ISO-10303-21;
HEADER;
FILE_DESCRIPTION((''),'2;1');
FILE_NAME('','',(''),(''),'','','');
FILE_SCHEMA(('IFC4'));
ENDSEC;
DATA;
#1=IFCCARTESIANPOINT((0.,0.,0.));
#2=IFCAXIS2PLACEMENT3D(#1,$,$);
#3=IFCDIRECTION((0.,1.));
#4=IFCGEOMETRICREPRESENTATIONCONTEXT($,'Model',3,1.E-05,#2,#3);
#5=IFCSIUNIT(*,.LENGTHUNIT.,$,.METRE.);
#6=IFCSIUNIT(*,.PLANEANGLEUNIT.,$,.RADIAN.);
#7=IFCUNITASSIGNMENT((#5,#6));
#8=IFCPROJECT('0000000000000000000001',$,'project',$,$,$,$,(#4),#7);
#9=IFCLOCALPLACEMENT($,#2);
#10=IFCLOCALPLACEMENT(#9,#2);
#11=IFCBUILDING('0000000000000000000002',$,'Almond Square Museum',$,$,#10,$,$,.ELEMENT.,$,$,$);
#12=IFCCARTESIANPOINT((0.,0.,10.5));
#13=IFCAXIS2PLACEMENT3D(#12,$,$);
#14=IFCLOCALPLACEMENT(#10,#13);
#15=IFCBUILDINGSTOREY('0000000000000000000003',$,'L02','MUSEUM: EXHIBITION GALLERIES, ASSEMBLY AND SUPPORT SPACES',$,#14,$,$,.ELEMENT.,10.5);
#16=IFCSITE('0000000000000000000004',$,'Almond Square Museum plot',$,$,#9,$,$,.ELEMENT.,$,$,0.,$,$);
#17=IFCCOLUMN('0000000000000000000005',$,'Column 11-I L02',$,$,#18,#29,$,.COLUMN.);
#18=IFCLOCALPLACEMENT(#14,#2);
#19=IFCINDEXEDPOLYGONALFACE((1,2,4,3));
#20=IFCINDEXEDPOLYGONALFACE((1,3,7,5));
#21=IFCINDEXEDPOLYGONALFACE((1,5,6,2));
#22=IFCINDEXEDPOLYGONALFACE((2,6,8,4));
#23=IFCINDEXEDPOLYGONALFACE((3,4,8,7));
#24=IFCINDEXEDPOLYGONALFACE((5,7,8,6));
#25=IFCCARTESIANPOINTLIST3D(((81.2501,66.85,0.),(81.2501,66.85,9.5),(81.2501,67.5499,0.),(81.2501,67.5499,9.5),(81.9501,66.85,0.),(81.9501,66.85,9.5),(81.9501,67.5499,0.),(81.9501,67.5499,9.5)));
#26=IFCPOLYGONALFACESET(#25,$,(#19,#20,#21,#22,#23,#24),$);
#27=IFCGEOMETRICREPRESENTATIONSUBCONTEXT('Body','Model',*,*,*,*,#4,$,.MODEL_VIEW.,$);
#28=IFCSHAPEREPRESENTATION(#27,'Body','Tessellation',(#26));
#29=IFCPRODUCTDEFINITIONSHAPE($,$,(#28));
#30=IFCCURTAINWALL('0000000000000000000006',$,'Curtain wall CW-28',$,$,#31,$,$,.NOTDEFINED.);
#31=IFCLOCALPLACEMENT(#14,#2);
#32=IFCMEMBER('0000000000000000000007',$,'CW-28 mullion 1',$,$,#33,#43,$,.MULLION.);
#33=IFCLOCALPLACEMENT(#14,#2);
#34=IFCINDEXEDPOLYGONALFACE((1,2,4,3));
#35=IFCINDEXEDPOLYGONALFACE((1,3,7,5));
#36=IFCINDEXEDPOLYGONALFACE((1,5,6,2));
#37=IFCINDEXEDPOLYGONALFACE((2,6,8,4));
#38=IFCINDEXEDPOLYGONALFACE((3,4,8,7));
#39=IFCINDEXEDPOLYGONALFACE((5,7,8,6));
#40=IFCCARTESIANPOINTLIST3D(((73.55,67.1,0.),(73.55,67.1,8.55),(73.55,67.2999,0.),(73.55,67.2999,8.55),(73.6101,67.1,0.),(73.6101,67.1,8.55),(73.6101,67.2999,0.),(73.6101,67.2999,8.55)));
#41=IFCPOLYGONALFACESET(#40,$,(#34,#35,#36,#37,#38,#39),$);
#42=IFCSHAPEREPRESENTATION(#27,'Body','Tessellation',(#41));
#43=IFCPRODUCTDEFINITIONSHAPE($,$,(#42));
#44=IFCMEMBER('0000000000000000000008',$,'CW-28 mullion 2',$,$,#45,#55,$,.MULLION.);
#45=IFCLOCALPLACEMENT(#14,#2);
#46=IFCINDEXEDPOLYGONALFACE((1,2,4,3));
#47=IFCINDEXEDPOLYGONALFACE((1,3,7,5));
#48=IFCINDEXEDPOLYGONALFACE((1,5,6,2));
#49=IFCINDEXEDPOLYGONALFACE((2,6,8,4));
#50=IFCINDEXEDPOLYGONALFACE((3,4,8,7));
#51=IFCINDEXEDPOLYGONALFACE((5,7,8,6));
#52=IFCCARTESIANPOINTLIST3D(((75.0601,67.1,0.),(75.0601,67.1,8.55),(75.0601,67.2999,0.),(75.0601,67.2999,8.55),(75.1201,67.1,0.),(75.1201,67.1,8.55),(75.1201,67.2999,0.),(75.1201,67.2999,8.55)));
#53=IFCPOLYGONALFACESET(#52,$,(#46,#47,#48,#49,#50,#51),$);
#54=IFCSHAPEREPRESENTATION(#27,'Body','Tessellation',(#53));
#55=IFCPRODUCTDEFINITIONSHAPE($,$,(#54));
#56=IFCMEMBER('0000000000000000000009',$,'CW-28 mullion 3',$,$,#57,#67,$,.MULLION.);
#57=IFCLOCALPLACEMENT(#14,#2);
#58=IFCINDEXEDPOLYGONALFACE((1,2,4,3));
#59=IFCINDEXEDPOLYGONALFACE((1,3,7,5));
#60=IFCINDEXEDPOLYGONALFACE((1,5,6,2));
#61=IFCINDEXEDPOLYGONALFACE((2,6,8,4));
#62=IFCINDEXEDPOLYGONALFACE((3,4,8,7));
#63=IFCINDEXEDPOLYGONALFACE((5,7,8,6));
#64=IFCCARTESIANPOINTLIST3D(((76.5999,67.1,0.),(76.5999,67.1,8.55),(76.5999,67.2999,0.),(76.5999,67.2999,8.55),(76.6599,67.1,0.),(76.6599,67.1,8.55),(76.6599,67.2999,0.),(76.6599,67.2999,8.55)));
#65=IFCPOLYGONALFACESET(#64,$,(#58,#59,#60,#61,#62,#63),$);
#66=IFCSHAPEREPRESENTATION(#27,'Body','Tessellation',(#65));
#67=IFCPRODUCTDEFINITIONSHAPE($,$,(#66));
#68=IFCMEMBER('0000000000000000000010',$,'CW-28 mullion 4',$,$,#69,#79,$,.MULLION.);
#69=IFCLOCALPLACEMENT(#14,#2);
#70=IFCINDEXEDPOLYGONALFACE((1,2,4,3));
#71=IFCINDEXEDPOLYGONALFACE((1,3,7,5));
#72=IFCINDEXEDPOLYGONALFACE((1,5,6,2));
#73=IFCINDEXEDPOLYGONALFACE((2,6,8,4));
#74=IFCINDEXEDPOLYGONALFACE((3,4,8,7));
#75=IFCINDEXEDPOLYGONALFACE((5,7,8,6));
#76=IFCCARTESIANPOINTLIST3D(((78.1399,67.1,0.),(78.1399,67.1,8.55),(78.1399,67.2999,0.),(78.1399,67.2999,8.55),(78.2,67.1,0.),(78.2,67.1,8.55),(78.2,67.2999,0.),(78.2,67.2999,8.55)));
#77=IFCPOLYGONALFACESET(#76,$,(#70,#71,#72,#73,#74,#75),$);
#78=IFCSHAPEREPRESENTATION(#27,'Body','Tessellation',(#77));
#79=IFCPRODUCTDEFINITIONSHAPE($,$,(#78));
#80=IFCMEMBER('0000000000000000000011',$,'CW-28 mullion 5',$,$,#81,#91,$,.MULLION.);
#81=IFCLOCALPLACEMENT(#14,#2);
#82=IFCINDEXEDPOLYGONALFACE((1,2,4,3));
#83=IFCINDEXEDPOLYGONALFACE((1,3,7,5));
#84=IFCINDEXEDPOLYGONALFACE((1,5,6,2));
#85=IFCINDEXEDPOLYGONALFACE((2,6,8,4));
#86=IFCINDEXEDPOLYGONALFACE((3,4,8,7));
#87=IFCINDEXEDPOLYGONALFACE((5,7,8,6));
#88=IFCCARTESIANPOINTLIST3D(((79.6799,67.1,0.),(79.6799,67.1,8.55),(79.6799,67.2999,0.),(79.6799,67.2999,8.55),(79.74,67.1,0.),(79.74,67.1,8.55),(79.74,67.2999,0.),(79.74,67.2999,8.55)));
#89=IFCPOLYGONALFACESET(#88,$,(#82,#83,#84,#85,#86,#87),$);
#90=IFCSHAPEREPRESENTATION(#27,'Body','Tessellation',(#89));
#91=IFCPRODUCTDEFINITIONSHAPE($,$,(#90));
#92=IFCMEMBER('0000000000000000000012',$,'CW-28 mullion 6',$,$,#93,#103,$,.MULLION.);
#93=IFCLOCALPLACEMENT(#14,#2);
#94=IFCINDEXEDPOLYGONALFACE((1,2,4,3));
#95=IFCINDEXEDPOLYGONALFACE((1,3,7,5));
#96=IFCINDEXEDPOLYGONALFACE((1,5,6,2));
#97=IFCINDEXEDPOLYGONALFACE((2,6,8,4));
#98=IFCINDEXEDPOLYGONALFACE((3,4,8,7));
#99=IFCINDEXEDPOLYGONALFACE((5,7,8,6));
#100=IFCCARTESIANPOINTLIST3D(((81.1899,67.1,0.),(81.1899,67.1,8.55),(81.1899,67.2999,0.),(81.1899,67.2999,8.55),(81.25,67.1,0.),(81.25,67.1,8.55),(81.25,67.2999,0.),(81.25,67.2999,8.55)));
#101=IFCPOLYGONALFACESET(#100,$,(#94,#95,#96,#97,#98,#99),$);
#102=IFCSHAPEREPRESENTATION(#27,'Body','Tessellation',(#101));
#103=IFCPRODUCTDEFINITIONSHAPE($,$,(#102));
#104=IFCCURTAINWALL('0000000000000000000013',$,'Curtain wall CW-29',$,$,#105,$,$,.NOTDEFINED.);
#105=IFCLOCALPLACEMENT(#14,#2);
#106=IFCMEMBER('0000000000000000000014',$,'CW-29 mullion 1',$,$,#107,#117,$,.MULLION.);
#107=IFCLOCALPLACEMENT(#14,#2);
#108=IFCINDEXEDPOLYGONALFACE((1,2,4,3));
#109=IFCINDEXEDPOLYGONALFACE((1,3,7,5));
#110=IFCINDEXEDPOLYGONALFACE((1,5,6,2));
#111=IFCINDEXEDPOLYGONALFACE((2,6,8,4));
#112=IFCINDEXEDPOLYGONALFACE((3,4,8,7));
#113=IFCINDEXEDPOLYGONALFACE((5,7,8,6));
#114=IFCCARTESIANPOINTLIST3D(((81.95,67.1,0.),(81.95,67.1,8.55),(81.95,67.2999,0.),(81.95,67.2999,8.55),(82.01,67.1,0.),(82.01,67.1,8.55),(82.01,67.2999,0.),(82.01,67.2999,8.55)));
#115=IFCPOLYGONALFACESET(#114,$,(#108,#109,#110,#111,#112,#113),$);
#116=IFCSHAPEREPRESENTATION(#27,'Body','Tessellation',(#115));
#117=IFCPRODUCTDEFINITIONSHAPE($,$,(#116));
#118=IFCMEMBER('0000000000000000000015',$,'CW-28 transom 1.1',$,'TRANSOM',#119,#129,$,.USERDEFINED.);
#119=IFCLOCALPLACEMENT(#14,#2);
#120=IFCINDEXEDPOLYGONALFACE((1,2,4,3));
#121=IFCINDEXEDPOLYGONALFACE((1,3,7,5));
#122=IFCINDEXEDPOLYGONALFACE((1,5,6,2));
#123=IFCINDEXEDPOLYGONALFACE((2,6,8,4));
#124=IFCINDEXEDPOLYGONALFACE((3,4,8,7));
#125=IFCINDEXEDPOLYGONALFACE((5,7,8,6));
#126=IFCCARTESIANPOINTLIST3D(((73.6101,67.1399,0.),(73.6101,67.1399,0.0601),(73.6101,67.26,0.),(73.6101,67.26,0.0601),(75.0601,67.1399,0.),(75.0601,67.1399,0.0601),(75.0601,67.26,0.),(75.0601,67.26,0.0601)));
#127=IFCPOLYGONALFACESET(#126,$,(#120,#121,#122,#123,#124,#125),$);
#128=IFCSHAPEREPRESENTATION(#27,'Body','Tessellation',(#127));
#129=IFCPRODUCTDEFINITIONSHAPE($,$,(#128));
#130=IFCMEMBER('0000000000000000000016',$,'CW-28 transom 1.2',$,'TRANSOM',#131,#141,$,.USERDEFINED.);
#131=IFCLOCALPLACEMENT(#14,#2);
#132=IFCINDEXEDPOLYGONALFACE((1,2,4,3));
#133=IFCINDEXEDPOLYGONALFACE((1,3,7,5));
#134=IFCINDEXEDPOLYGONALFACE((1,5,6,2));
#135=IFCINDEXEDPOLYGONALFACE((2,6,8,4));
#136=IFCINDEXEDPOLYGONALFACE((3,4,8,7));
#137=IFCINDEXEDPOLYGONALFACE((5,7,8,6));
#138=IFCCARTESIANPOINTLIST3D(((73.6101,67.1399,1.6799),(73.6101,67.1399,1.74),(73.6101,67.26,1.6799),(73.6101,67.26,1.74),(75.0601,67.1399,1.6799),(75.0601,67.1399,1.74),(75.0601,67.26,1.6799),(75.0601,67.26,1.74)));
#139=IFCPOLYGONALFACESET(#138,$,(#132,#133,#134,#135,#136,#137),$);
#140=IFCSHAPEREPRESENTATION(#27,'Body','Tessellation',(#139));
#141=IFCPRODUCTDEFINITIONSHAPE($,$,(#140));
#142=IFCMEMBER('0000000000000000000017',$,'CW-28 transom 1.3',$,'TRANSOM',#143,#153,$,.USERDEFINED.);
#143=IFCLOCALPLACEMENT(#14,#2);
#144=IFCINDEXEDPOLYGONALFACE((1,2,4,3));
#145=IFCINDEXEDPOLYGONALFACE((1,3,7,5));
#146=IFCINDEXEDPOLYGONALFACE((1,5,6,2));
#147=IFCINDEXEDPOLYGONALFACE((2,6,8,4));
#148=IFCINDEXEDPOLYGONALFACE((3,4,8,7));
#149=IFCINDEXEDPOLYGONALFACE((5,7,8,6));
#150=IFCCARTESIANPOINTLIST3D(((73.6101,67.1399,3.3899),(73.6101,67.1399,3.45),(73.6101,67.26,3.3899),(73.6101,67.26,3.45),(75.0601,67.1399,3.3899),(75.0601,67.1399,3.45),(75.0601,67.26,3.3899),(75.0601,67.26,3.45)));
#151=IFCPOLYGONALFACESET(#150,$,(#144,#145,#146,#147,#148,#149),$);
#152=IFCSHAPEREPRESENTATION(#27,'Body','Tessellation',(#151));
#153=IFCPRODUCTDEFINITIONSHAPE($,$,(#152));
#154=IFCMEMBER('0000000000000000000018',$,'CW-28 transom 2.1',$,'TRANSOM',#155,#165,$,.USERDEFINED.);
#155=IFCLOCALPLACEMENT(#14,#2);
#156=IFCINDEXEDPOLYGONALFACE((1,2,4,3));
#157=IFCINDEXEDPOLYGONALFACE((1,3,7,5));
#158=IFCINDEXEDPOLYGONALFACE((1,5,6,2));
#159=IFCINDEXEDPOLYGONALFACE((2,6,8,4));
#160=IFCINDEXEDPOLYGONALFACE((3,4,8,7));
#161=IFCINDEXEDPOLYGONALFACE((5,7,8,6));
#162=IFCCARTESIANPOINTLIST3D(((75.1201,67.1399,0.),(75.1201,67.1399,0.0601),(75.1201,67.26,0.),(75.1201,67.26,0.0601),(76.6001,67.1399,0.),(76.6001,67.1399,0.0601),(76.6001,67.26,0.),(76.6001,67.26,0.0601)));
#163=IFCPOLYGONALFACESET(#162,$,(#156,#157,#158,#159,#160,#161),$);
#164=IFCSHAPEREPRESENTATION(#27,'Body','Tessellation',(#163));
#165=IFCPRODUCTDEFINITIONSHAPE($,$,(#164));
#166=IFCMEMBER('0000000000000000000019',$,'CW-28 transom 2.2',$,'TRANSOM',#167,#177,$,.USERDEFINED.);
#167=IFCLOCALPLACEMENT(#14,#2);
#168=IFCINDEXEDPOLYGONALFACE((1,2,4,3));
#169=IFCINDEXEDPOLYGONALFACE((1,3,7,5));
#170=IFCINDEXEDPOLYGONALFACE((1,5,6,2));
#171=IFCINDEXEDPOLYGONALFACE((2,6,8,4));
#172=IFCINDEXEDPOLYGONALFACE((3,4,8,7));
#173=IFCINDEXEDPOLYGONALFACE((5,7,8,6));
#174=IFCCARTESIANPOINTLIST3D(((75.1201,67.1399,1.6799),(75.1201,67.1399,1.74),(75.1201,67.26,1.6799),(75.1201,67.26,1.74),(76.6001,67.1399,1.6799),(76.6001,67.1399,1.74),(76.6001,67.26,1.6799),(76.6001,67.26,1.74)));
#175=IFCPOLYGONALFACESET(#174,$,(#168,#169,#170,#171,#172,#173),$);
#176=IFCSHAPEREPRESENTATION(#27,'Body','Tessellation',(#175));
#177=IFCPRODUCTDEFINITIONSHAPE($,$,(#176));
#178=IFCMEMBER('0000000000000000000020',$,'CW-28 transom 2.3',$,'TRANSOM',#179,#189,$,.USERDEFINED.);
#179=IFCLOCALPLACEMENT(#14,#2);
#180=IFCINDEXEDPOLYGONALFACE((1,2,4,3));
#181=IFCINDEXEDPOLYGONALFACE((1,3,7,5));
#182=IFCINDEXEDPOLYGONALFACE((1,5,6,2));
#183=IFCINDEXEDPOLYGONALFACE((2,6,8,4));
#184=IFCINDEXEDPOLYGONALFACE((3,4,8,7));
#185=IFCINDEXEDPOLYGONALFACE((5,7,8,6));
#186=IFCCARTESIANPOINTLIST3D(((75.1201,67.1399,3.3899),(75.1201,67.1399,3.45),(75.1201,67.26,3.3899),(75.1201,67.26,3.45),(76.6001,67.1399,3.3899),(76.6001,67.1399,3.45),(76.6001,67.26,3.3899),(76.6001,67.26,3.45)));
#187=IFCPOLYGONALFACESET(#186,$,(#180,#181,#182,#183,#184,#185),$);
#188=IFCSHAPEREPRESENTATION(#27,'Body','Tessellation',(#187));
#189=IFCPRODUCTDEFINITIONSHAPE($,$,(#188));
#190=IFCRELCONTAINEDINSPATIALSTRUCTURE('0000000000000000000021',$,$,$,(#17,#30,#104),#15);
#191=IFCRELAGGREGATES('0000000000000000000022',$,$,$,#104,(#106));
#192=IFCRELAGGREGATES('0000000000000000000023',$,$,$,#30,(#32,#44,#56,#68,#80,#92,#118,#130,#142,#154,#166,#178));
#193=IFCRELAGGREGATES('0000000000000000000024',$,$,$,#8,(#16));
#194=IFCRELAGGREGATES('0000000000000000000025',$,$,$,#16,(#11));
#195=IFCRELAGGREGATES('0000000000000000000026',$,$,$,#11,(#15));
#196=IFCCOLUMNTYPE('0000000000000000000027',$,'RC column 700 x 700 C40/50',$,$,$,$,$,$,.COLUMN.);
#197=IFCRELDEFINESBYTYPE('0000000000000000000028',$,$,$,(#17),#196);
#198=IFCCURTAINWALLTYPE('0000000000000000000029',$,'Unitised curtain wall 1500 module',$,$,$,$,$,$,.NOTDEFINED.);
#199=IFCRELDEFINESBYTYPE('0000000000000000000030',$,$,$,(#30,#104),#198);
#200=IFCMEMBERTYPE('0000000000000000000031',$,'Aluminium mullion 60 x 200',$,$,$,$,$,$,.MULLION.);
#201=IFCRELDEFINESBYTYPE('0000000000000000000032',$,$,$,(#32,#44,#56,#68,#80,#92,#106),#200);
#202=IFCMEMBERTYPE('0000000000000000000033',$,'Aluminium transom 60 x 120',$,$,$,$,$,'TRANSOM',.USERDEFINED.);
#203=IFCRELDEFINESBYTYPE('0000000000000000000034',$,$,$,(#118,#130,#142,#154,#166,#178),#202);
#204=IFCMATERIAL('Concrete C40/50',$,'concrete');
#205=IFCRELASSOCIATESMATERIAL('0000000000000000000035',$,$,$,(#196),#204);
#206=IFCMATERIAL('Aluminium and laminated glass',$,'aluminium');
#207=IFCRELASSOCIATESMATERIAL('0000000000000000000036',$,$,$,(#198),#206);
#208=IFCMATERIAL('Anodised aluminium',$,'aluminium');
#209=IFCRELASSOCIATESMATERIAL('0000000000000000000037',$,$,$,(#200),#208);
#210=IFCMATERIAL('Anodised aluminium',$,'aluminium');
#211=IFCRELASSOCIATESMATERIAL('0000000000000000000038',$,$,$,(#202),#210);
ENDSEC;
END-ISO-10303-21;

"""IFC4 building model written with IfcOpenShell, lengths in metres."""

from ifc_helpers import new_model, si_unit, direction, frame, origin, origin_2d, place, context, subcontext, project, spatial, rectangle, extrude, material, material_profile, profile_set, type_object, element, aggregate, save


model = new_model("IFC4")

# Units and contexts
model_context = context("Model", 3, precision=1e-05, world=origin(), true_north=direction((0.0, 1.0)))
body_context = subcontext(model_context, "Body", "Model", "MODEL_VIEW")
ifc_project = project(units=[si_unit("LENGTHUNIT", "METRE"), si_unit("PLANEANGLEUNIT", "RADIAN")], contexts=[model_context])

# Site, building, storey
site_placement = place(None, origin())
site = spatial("IfcSite", under=ifc_project, at=site_placement, Name="Almond Square Museum plot", CompositionType="ELEMENT", RefElevation=0.0)
building_placement = place(site_placement, origin())
building = spatial("IfcBuilding", under=site, at=building_placement, Name="Almond Square Museum", CompositionType="ELEMENT")
storey_placement = place(building_placement, frame((0.0, 0.0, 10.5)))
storey = spatial("IfcBuildingStorey", under=building, at=storey_placement, Name="L02", Description="MUSEUM: EXHIBITION GALLERIES, ASSEMBLY AND SUPPORT SPACES", CompositionType="ELEMENT", Elevation=10.5)

# Column
ifc_material_1 = material(Name="Concrete C40/50", Category="concrete")
ifc_material_profile_1 = material_profile(ifc_material_1, rectangle(XDim=0.7, YDim=0.7, at=origin_2d()))
ifc_profile_set_1 = profile_set([ifc_material_profile_1], Name="Concrete C40/50")
column_type = type_object("IfcColumnType", Name="RC column 700 x 700 C40/50", PredefinedType="COLUMN", material=ifc_profile_set_1)
column_placement = place(storey_placement, frame((81.6001, 67.2, 0.0), z_axis=(0.0, 0.0, 1.0), x_axis=(1.0, 0.0, 0.0)))
element("IfcColumn", 1, at=column_placement, inside=storey, type_object=column_type, Name="Column 11-I L02", PredefinedType="COLUMN", context=body_context, shape_type="SweptSolid", body=[
    extrude(rectangle(XDim=0.7, YDim=0.7, at=origin_2d()), origin(), (0.0, 0.0, 1.0), 9.5),
])

# Curtain wall, members
ifc_material_2 = material(Name="Aluminium and laminated glass", Category="aluminium")
curtain_wall_type = type_object("IfcCurtainWallType", Name="Unitised curtain wall 1500 module", PredefinedType="NOTDEFINED", material=ifc_material_2)
curtain_wall_1_placement = place(storey_placement, origin())
curtain_wall_1 = element("IfcCurtainWall", 2, at=curtain_wall_1_placement, inside=storey, type_object=curtain_wall_type, Name="Curtain wall CW-28", PredefinedType="NOTDEFINED")
ifc_material_3 = material(Name="Anodised aluminium", Category="aluminium")
ifc_material_profile_2 = material_profile(ifc_material_3, rectangle(XDim=0.2, YDim=0.0601, at=origin_2d()))
ifc_profile_set_2 = profile_set([ifc_material_profile_2], Name="Anodised aluminium")
member_type_1 = type_object("IfcMemberType", Name="Aluminium mullion 60 x 200", PredefinedType="MULLION", material=ifc_profile_set_2)
member_1_placement = place(storey_placement, frame((73.5801, 67.2, 0.0), z_axis=(0.0, 0.0, 1.0), x_axis=(0.0, 1.0, 0.0)))
member_1 = element("IfcMember", 3, at=member_1_placement, type_object=member_type_1, Name="CW-28 mullion 1", PredefinedType="MULLION", context=body_context, shape_type="SweptSolid", body=[
    extrude(rectangle(XDim=0.2, YDim=0.0601, at=origin_2d()), origin(), (0.0, 0.0, 1.0), 8.55),
])
member_2_placement = place(storey_placement, frame((75.0901, 67.2, 0.0), z_axis=(0.0, 0.0, 1.0), x_axis=(0.0, 1.0, 0.0)))
member_2 = element("IfcMember", 4, at=member_2_placement, type_object=member_type_1, Name="CW-28 mullion 2", PredefinedType="MULLION", context=body_context, shape_type="SweptSolid", body=[
    extrude(rectangle(XDim=0.2, YDim=0.0601, at=origin_2d()), origin(), (0.0, 0.0, 1.0), 8.55),
])
member_3_placement = place(storey_placement, frame((76.6299, 67.2, 0.0), z_axis=(0.0, 0.0, 1.0), x_axis=(0.0, 1.0, 0.0)))
member_3 = element("IfcMember", 5, at=member_3_placement, type_object=member_type_1, Name="CW-28 mullion 3", PredefinedType="MULLION", context=body_context, shape_type="SweptSolid", body=[
    extrude(rectangle(XDim=0.2, YDim=0.0601, at=origin_2d()), origin(), (0.0, 0.0, 1.0), 8.55),
])
member_4_placement = place(storey_placement, frame((78.1699, 67.2, 0.0), z_axis=(0.0, 0.0, 1.0), x_axis=(0.0, 1.0, 0.0)))
member_4 = element("IfcMember", 6, at=member_4_placement, type_object=member_type_1, Name="CW-28 mullion 4", PredefinedType="MULLION", context=body_context, shape_type="SweptSolid", body=[
    extrude(rectangle(XDim=0.2, YDim=0.0601, at=origin_2d()), origin(), (0.0, 0.0, 1.0), 8.55),
])
member_5_placement = place(storey_placement, frame((79.71, 67.2, 0.0), z_axis=(0.0, 0.0, 1.0), x_axis=(0.0, 1.0, 0.0)))
member_5 = element("IfcMember", 7, at=member_5_placement, type_object=member_type_1, Name="CW-28 mullion 5", PredefinedType="MULLION", context=body_context, shape_type="SweptSolid", body=[
    extrude(rectangle(XDim=0.2, YDim=0.0601, at=origin_2d()), origin(), (0.0, 0.0, 1.0), 8.55),
])
member_6_placement = place(storey_placement, frame((81.22, 67.2, 0.0), z_axis=(0.0, 0.0, 1.0), x_axis=(0.0, 1.0, 0.0)))
member_6 = element("IfcMember", 8, at=member_6_placement, type_object=member_type_1, Name="CW-28 mullion 6", PredefinedType="MULLION", context=body_context, shape_type="SweptSolid", body=[
    extrude(rectangle(XDim=0.2, YDim=0.0601, at=origin_2d()), origin(), (0.0, 0.0, 1.0), 8.55),
])

# Curtain wall, member
curtain_wall_2_placement = place(storey_placement, origin())
curtain_wall_2 = element("IfcCurtainWall", 9, at=curtain_wall_2_placement, inside=storey, type_object=curtain_wall_type, Name="Curtain wall CW-29", PredefinedType="NOTDEFINED")
member_7_placement = place(storey_placement, frame((81.98, 67.2, 0.0), z_axis=(0.0, 0.0, 1.0), x_axis=(0.0, 1.0, 0.0)))
member_7 = element("IfcMember", 10, at=member_7_placement, type_object=member_type_1, Name="CW-29 mullion 1", PredefinedType="MULLION", context=body_context, shape_type="SweptSolid", body=[
    extrude(rectangle(XDim=0.2, YDim=0.0601, at=origin_2d()), origin(), (0.0, 0.0, 1.0), 8.55),
])

# Members
ifc_material_4 = material(Name="Anodised aluminium", Category="aluminium")
ifc_material_profile_3 = material_profile(ifc_material_4, rectangle(XDim=0.1201, YDim=0.0601, at=origin_2d()))
ifc_profile_set_3 = profile_set([ifc_material_profile_3], Name="Anodised aluminium")
member_type_2 = type_object("IfcMemberType", Name="Aluminium transom 60 x 120", ElementType="TRANSOM", PredefinedType="USERDEFINED", material=ifc_profile_set_3)
member_8_placement = place(storey_placement, frame((73.6101, 67.2, 0.03), z_axis=(1.0, 0.0, 0.0), x_axis=(0.0, 1.0, 0.0)))
member_8 = element("IfcMember", 11, at=member_8_placement, type_object=member_type_2, Name="CW-28 transom 1.1", ObjectType="TRANSOM", PredefinedType="USERDEFINED", context=body_context, shape_type="SweptSolid", body=[
    extrude(rectangle(XDim=0.1201, YDim=0.0601, at=origin_2d()), origin(), (0.0, 0.0, 1.0), 1.45),
])
member_9_placement = place(storey_placement, frame((73.6101, 67.2, 1.71), z_axis=(1.0, 0.0, 0.0), x_axis=(0.0, 1.0, 0.0)))
member_9 = element("IfcMember", 12, at=member_9_placement, type_object=member_type_2, Name="CW-28 transom 1.2", ObjectType="TRANSOM", PredefinedType="USERDEFINED", context=body_context, shape_type="SweptSolid", body=[
    extrude(rectangle(XDim=0.1201, YDim=0.0601, at=origin_2d()), origin(), (0.0, 0.0, 1.0), 1.45),
])
member_10_placement = place(storey_placement, frame((73.6101, 67.2, 3.4199), z_axis=(1.0, 0.0, 0.0), x_axis=(0.0, 1.0, 0.0)))
member_10 = element("IfcMember", 13, at=member_10_placement, type_object=member_type_2, Name="CW-28 transom 1.3", ObjectType="TRANSOM", PredefinedType="USERDEFINED", context=body_context, shape_type="SweptSolid", body=[
    extrude(rectangle(XDim=0.1201, YDim=0.0601, at=origin_2d()), origin(), (0.0, 0.0, 1.0), 1.45),
])
member_11_placement = place(storey_placement, frame((75.1201, 67.2, 0.03), z_axis=(1.0, 0.0, 0.0), x_axis=(0.0, 1.0, 0.0)))
member_11 = element("IfcMember", 14, at=member_11_placement, type_object=member_type_2, Name="CW-28 transom 2.1", ObjectType="TRANSOM", PredefinedType="USERDEFINED", context=body_context, shape_type="SweptSolid", body=[
    extrude(rectangle(XDim=0.1201, YDim=0.0601, at=origin_2d()), origin(), (0.0, 0.0, 1.0), 1.48),
])
member_12_placement = place(storey_placement, frame((75.1201, 67.2, 1.71), z_axis=(1.0, 0.0, 0.0), x_axis=(0.0, 1.0, 0.0)))
member_12 = element("IfcMember", 15, at=member_12_placement, type_object=member_type_2, Name="CW-28 transom 2.2", ObjectType="TRANSOM", PredefinedType="USERDEFINED", context=body_context, shape_type="SweptSolid", body=[
    extrude(rectangle(XDim=0.1201, YDim=0.0601, at=origin_2d()), origin(), (0.0, 0.0, 1.0), 1.48),
])
member_13_placement = place(storey_placement, frame((75.1201, 67.2, 3.4199), z_axis=(1.0, 0.0, 0.0), x_axis=(0.0, 1.0, 0.0)))
member_13 = element("IfcMember", 16, at=member_13_placement, type_object=member_type_2, Name="CW-28 transom 2.3", ObjectType="TRANSOM", PredefinedType="USERDEFINED", context=body_context, shape_type="SweptSolid", body=[
    extrude(rectangle(XDim=0.1201, YDim=0.0601, at=origin_2d()), origin(), (0.0, 0.0, 1.0), 1.48),
])
aggregate(curtain_wall_2, [member_7])

aggregate(curtain_wall_1, [member_1, member_2, member_3, member_4, member_5, member_6, member_8, member_9, member_10, member_11, member_12, member_13])

save(model, "model.ifc")
